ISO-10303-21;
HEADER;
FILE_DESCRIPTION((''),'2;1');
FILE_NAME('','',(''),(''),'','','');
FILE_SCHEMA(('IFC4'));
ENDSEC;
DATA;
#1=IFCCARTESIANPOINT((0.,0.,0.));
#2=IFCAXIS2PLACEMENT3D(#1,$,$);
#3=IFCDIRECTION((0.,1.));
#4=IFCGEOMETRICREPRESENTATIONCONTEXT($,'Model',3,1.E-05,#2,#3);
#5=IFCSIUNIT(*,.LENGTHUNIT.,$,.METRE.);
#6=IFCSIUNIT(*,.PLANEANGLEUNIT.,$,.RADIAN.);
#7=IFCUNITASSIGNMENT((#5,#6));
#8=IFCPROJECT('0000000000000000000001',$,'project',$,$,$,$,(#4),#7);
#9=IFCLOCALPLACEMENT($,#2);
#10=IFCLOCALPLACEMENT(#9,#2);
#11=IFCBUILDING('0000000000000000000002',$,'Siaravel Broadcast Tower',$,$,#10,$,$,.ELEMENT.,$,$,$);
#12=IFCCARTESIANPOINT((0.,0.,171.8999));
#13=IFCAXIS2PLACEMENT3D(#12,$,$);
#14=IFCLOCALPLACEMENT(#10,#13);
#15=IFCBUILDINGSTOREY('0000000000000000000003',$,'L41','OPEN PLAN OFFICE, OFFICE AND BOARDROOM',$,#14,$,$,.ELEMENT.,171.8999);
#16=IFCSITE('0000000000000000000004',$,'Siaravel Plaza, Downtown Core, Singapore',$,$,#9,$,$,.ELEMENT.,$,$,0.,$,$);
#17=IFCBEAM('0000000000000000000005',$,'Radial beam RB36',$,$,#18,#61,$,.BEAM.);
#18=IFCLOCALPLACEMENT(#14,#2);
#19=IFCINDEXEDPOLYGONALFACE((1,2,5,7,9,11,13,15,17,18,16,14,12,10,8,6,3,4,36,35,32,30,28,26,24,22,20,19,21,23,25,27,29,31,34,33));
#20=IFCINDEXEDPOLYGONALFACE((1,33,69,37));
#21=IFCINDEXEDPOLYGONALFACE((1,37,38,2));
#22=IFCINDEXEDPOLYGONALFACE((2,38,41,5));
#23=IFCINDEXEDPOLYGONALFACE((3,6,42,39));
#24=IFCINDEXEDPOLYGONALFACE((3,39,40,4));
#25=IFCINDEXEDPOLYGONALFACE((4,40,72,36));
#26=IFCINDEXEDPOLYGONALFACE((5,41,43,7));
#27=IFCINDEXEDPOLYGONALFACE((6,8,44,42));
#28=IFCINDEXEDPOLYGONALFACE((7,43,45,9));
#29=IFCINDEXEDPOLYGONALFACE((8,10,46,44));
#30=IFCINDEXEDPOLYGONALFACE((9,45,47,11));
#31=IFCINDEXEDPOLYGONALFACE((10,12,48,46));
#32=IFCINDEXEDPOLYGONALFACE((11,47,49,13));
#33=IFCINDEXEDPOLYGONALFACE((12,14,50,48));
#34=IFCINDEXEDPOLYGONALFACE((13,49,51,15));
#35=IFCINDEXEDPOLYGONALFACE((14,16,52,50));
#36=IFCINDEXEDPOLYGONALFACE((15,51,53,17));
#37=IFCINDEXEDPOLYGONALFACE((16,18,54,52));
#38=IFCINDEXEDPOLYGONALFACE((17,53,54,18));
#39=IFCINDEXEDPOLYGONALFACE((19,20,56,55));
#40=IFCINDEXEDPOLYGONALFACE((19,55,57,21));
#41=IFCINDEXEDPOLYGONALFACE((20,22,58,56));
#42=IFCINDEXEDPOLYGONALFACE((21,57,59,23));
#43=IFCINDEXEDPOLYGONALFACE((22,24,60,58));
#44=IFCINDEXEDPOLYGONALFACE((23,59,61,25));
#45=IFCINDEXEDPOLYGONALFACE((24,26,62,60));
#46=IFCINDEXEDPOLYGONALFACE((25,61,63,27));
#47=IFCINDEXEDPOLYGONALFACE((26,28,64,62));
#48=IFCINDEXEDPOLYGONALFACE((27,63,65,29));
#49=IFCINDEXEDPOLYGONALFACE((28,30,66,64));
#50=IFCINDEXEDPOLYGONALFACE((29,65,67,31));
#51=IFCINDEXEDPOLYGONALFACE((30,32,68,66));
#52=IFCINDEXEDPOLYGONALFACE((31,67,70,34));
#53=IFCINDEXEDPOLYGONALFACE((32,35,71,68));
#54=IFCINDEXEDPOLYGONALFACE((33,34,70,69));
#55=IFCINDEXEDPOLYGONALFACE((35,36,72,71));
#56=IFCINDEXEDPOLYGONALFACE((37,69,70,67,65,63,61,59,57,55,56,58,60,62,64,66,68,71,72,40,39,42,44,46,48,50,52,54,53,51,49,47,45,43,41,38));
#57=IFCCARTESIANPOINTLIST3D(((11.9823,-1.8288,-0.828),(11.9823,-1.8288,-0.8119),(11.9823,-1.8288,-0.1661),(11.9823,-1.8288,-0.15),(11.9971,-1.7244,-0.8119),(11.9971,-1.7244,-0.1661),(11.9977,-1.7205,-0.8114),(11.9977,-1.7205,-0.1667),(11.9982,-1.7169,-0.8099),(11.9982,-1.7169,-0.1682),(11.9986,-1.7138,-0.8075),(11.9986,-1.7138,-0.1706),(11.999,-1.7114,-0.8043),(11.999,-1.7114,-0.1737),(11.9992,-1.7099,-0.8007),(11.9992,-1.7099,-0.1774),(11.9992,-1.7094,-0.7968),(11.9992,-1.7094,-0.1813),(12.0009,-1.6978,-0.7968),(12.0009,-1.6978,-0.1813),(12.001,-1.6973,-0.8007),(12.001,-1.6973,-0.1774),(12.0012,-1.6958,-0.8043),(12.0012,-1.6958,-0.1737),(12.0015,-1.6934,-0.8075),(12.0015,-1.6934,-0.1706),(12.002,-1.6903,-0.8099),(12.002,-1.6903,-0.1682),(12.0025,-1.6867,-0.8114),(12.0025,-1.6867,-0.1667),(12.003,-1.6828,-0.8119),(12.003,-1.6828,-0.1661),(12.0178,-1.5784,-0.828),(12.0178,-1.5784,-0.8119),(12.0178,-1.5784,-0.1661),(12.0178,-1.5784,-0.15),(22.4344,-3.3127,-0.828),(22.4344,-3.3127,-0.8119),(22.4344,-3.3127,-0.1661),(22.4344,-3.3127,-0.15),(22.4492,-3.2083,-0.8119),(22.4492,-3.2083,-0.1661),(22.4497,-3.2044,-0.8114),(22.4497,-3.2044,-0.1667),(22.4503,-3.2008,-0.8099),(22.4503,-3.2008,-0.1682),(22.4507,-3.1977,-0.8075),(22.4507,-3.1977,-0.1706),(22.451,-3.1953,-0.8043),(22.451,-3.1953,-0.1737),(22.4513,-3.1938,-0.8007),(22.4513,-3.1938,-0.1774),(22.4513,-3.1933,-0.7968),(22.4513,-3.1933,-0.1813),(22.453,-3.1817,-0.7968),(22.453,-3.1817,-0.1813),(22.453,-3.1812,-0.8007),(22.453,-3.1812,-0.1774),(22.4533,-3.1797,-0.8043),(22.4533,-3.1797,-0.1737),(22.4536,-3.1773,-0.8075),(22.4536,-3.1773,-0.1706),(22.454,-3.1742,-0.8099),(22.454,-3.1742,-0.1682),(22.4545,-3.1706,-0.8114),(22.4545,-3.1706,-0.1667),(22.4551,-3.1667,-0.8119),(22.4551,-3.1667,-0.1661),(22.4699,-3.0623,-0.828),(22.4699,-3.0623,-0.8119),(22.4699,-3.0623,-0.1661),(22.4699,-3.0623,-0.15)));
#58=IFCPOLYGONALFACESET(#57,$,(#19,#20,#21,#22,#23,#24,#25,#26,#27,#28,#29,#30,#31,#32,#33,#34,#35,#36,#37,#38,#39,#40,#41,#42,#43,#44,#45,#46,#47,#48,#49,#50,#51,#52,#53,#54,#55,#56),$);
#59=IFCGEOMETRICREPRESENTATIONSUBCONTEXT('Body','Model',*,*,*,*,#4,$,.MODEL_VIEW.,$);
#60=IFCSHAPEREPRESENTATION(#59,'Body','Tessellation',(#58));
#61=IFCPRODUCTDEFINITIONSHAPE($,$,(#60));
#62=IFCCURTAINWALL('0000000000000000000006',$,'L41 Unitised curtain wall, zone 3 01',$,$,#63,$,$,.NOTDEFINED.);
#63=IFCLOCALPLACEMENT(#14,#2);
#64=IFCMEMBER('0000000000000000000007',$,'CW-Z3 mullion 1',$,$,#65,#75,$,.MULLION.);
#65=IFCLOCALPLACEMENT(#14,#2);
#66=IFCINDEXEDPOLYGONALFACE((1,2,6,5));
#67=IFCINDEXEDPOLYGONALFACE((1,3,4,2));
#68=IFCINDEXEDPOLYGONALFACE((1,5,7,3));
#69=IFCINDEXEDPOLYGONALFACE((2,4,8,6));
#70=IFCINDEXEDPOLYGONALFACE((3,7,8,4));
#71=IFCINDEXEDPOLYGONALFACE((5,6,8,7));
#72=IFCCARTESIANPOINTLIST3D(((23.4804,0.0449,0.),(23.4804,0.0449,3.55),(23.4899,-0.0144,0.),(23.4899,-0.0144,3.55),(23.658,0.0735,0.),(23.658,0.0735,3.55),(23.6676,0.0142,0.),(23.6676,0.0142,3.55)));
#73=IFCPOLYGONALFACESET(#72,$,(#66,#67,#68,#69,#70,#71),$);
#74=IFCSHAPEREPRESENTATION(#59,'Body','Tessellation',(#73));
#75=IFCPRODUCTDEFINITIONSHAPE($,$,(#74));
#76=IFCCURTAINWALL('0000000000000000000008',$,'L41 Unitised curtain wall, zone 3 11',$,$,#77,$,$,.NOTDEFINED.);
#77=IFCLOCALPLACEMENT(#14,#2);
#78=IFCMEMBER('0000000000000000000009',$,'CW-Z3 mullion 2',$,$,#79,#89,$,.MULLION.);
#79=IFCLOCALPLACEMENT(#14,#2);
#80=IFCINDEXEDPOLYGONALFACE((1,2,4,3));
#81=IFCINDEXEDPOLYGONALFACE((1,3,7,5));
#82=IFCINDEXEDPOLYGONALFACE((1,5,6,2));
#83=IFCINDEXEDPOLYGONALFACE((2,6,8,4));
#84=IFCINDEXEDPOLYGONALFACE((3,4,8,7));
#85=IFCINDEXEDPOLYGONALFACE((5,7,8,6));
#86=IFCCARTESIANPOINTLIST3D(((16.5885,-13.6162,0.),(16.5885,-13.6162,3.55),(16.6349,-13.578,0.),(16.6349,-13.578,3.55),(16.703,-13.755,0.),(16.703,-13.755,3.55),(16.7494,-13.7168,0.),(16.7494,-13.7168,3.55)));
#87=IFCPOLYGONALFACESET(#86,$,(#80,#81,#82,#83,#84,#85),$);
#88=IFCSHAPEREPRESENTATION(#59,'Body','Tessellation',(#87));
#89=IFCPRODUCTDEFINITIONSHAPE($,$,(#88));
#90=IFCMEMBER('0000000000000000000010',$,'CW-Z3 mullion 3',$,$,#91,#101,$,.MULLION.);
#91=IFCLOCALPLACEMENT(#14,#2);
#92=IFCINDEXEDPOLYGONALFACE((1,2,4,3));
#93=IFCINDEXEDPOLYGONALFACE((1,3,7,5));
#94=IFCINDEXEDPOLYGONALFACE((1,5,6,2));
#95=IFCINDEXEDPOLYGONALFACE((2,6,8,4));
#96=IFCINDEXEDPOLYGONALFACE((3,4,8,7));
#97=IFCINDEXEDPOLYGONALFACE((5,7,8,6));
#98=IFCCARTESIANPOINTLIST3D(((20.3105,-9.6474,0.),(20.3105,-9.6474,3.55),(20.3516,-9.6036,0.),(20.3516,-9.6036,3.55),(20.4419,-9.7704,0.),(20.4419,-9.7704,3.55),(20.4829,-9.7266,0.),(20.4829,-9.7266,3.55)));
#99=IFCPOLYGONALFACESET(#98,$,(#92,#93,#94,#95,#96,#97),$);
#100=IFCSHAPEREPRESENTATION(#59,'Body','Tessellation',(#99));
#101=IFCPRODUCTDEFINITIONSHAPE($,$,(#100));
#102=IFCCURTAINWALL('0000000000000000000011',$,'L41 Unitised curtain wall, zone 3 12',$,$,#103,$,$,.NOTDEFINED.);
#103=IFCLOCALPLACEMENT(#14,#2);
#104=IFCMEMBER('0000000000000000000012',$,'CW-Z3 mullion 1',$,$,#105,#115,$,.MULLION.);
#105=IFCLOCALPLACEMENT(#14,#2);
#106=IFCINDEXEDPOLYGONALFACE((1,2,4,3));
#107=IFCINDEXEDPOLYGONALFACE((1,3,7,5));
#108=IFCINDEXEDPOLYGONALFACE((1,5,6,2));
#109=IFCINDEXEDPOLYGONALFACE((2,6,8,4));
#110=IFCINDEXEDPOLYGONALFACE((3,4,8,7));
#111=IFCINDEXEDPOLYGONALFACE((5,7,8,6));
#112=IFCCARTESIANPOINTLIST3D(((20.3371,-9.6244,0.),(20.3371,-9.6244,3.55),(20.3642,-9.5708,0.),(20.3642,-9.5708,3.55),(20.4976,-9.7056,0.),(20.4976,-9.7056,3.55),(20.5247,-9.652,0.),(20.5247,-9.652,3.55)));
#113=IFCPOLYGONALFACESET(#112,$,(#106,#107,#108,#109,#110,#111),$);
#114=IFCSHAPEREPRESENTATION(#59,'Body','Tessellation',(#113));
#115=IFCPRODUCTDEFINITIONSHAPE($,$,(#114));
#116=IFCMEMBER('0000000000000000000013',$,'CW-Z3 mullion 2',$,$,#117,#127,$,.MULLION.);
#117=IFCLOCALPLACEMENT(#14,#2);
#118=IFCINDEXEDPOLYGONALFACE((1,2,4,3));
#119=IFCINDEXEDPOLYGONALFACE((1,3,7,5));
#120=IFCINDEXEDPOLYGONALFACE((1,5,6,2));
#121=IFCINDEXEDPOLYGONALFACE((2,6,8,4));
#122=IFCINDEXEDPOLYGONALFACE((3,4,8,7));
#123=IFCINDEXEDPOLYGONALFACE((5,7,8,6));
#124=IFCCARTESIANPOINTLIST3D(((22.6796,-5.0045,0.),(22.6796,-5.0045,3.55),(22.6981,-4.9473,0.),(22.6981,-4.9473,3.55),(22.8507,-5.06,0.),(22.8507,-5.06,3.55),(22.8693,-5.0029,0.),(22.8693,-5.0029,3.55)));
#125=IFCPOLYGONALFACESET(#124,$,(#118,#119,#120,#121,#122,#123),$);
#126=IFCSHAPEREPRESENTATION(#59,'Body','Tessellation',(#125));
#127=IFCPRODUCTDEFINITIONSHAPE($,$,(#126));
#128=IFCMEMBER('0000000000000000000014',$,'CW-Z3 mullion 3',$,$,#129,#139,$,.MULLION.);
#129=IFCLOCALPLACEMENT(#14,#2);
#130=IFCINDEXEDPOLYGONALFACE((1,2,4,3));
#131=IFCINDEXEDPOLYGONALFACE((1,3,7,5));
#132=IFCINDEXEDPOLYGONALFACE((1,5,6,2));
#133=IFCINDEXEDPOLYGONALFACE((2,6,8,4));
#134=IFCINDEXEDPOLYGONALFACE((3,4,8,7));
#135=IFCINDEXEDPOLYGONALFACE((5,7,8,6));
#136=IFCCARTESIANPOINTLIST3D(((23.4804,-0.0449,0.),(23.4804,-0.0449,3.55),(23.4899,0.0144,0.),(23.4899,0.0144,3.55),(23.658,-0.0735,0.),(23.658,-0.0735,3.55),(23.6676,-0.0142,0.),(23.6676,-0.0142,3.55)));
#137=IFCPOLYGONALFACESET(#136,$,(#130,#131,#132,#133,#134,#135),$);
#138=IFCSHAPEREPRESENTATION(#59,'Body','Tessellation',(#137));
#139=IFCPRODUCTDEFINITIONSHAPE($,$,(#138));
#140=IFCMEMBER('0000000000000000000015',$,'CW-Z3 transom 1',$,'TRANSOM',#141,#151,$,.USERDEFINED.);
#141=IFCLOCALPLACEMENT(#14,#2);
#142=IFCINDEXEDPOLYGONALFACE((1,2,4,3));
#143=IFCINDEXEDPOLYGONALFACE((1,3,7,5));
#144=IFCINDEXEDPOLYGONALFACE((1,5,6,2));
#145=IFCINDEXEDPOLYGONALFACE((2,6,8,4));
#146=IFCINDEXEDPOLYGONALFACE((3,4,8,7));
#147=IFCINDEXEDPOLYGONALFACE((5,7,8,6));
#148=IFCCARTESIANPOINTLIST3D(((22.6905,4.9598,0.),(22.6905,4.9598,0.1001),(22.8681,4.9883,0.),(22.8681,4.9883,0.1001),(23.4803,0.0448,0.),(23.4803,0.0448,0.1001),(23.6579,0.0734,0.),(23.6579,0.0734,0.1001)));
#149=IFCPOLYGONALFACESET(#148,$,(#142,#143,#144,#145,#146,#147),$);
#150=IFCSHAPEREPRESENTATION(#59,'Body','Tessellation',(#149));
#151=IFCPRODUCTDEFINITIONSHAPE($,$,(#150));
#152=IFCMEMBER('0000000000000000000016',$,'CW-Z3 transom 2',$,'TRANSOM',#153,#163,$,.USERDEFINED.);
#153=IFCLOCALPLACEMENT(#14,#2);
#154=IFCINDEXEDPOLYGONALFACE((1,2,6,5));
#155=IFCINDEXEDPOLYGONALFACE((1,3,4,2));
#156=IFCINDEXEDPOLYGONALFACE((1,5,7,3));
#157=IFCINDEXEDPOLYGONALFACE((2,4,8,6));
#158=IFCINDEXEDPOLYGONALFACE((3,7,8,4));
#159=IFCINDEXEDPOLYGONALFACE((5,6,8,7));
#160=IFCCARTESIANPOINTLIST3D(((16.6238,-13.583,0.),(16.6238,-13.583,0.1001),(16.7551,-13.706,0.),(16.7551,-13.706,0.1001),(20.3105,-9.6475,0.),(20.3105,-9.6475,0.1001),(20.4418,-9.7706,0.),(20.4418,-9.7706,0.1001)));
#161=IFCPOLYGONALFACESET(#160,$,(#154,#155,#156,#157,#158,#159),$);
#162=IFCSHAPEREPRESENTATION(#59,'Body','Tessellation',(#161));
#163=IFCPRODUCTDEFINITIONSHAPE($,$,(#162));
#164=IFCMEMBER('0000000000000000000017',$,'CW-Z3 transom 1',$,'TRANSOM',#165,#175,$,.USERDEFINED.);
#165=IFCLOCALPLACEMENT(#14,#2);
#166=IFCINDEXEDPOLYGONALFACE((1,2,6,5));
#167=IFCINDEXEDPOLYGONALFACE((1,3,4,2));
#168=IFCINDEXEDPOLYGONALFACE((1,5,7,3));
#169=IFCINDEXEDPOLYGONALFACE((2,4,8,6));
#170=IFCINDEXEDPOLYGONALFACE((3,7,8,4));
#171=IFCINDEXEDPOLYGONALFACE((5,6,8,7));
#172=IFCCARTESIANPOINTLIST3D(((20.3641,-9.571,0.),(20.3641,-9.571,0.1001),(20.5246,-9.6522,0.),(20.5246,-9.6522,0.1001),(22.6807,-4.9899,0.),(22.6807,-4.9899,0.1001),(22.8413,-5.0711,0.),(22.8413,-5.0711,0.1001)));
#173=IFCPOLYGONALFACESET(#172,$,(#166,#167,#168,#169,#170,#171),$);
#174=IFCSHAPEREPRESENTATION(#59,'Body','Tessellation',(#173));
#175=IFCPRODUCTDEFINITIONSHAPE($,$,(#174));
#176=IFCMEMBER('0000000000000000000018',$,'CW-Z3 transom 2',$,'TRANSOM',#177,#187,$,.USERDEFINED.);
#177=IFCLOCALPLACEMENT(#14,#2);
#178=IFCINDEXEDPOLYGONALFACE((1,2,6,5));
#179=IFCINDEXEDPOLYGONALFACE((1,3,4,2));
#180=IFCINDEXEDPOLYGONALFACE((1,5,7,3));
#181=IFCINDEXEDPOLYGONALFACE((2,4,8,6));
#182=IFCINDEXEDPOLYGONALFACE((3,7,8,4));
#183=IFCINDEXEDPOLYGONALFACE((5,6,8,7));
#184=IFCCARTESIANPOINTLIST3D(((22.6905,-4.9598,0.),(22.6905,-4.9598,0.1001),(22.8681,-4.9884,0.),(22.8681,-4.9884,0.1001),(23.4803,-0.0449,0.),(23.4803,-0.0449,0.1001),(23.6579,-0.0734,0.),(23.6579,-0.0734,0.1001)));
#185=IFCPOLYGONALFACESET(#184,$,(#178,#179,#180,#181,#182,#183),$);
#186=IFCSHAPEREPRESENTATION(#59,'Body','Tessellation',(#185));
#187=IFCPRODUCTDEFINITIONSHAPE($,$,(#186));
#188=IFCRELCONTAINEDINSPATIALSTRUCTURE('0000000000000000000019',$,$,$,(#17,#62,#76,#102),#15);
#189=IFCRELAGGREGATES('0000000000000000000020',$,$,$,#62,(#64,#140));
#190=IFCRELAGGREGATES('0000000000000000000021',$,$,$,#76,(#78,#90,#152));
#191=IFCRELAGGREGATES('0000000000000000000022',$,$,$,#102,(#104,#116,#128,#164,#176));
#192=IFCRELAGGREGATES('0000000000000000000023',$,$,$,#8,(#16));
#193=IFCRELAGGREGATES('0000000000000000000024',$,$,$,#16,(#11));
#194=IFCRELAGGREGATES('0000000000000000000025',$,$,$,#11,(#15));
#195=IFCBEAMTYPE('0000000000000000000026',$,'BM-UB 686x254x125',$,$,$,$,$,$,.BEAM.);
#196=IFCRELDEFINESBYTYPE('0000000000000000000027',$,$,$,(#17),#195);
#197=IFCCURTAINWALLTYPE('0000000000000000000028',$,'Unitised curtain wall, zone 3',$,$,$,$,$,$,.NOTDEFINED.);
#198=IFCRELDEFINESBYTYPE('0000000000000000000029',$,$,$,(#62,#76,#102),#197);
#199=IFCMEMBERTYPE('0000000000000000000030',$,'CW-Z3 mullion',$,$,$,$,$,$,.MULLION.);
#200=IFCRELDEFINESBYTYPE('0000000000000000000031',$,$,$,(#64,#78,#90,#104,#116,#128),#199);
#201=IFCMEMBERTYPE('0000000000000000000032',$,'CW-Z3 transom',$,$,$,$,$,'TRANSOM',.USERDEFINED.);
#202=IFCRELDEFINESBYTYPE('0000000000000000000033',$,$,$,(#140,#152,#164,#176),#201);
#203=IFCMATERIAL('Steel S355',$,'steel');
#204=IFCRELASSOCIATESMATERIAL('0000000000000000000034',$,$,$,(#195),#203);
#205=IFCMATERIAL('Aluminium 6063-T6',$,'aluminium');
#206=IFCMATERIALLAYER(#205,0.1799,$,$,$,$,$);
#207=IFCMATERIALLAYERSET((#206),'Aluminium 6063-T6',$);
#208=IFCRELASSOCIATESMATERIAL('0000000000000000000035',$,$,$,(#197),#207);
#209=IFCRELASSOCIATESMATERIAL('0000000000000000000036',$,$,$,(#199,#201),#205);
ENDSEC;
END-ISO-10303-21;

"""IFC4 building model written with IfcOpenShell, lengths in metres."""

from ifc_helpers import new_model, si_unit, direction, frame, origin, origin_2d, place, context, subcontext, project, spatial, rectangle, i_section, extrude, material, layer, layer_set, material_profile, profile_set, type_object, element, aggregate, save


model = new_model("IFC4")

# Units and contexts
model_context = context("Model", 3, precision=1e-05, world=origin(), true_north=direction((0.0, 1.0)))
body_context = subcontext(model_context, "Body", "Model", "MODEL_VIEW")
ifc_project = project(units=[si_unit("LENGTHUNIT", "METRE"), si_unit("PLANEANGLEUNIT", "RADIAN")], contexts=[model_context])

# Site, building, storey
site_placement = place(None, origin())
site = spatial("IfcSite", under=ifc_project, at=site_placement, Name="Siaravel Plaza, Downtown Core, Singapore", CompositionType="ELEMENT", RefElevation=0.0)
building_placement = place(site_placement, origin())
building = spatial("IfcBuilding", under=site, at=building_placement, Name="Siaravel Broadcast Tower", CompositionType="ELEMENT")
storey_placement = place(building_placement, frame((0.0, 0.0, 171.8999)))
storey = spatial("IfcBuildingStorey", under=building, at=storey_placement, Name="L41", Description="OPEN PLAN OFFICE, OFFICE AND BOARDROOM", CompositionType="ELEMENT", Elevation=171.8999)

# Beam
ifc_material_1 = material(Name="Steel S355", Category="steel")
ifc_material_profile_1 = material_profile(ifc_material_1, i_section(OverallWidth=0.2529, OverallDepth=0.678, WebThickness=0.0117, FlangeThickness=0.0161, FilletRadius=0.0151, at=origin_2d()))
ifc_profile_set_1 = profile_set([ifc_material_profile_1], Name="Steel S355")
beam_type = type_object("IfcBeamType", Name="BM-UB 686x254x125", PredefinedType="BEAM", material=ifc_profile_set_1)
beam_1_placement = place(storey_placement, frame((22.4521, -3.1875, -0.489), z_axis=(-0.990072, 0.14056, 0.0), x_axis=(-0.14056, -0.990072, 0.0)))
element("IfcBeam", 1, at=beam_1_placement, inside=storey, type_object=beam_type, Name="Radial beam RB36", PredefinedType="BEAM", context=body_context, shape_type="SweptSolid", body=[
    extrude(i_section(OverallWidth=0.2529, OverallDepth=0.678, WebThickness=0.0117, FlangeThickness=0.0161, FilletRadius=0.0151, at=origin_2d()), origin(), (0.0, 0.0, 1.0), 10.5569),
])

# Curtain wall, member
ifc_material_2 = material(Name="Aluminium 6063-T6", Category="aluminium")
ifc_layer_1 = layer(ifc_material_2, 0.1799)
ifc_layer_set_1 = layer_set([ifc_layer_1], Name="Aluminium 6063-T6")
curtain_wall_type = type_object("IfcCurtainWallType", Name="Unitised curtain wall, zone 3", PredefinedType="NOTDEFINED", material=ifc_layer_set_1)
curtain_wall_1_placement = place(storey_placement, origin())
curtain_wall_1 = element("IfcCurtainWall", 2, at=curtain_wall_1_placement, inside=storey, type_object=curtain_wall_type, Name="L41 Unitised curtain wall, zone 3 01", PredefinedType="NOTDEFINED")
ifc_material_profile_2 = material_profile(ifc_material_2, rectangle(XDim=0.1799, YDim=0.0601, at=origin_2d()))
ifc_profile_set_2 = profile_set([ifc_material_profile_2], Name="Aluminium 6063-T6")
member_type_1 = type_object("IfcMemberType", Name="CW-Z3 mullion", PredefinedType="MULLION", material=ifc_profile_set_2)
member_1_placement = place(storey_placement, frame((23.574, 0.0295, 0.0), z_axis=(0.0, 0.0, 1.0), x_axis=(-0.987329, -0.158686, 0.0)))
member_1 = element("IfcMember", 3, at=member_1_placement, type_object=member_type_1, Name="CW-Z3 mullion 1", PredefinedType="MULLION", context=body_context, shape_type="SweptSolid", body=[
    extrude(rectangle(XDim=0.1799, YDim=0.0601, at=origin_2d()), origin(), (0.0, 0.0, 1.0), 3.55),
])

# Curtain walls, members
curtain_wall_2_placement = place(storey_placement, origin())
curtain_wall_2 = element("IfcCurtainWall", 4, at=curtain_wall_2_placement, inside=storey, type_object=curtain_wall_type, Name="L41 Unitised curtain wall, zone 3 11", PredefinedType="NOTDEFINED")
member_2_placement = place(storey_placement, frame((16.6689, -13.6665, 0.0), z_axis=(0.0, 0.0, 1.0), x_axis=(-0.636218, 0.771509, 0.0)))
member_2 = element("IfcMember", 5, at=member_2_placement, type_object=member_type_1, Name="CW-Z3 mullion 2", PredefinedType="MULLION", context=body_context, shape_type="SweptSolid", body=[
    extrude(rectangle(XDim=0.1799, YDim=0.0601, at=origin_2d()), origin(), (0.0, 0.0, 1.0), 3.55),
])
member_3_placement = place(storey_placement, frame((20.3967, -9.687, 0.0), z_axis=(0.0, 0.0, 1.0), x_axis=(-0.729805, 0.683655, 0.0)))
member_3 = element("IfcMember", 6, at=member_3_placement, type_object=member_type_1, Name="CW-Z3 mullion 3", PredefinedType="MULLION", context=body_context, shape_type="SweptSolid", body=[
    extrude(rectangle(XDim=0.1799, YDim=0.0601, at=origin_2d()), origin(), (0.0, 0.0, 1.0), 3.55),
])
curtain_wall_3_placement = place(storey_placement, origin())
curtain_wall_3 = element("IfcCurtainWall", 7, at=curtain_wall_3_placement, inside=storey, type_object=curtain_wall_type, Name="L41 Unitised curtain wall, zone 3 12", PredefinedType="NOTDEFINED")
member_4_placement = place(storey_placement, frame((20.4309, -9.6382, 0.0), z_axis=(0.0, 0.0, 1.0), x_axis=(-0.892392, 0.451261, 0.0)))
member_4 = element("IfcMember", 8, at=member_4_placement, type_object=member_type_1, Name="CW-Z3 mullion 1", PredefinedType="MULLION", context=body_context, shape_type="SweptSolid", body=[
    extrude(rectangle(XDim=0.1799, YDim=0.0601, at=origin_2d()), origin(), (0.0, 0.0, 1.0), 3.55),
])
member_5_placement = place(storey_placement, frame((22.7744, -5.0037, 0.0), z_axis=(0.0, 0.0, 1.0), x_axis=(-0.951177, 0.308646, 0.0)))
member_5 = element("IfcMember", 9, at=member_5_placement, type_object=member_type_1, Name="CW-Z3 mullion 2", PredefinedType="MULLION", context=body_context, shape_type="SweptSolid", body=[
    extrude(rectangle(XDim=0.1799, YDim=0.0601, at=origin_2d()), origin(), (0.0, 0.0, 1.0), 3.55),
])
member_6_placement = place(storey_placement, frame((23.574, -0.0295, 0.0), z_axis=(0.0, 0.0, 1.0), x_axis=(-0.987329, 0.158686, 0.0)))
member_6 = element("IfcMember", 10, at=member_6_placement, type_object=member_type_1, Name="CW-Z3 mullion 3", PredefinedType="MULLION", context=body_context, shape_type="SweptSolid", body=[
    extrude(rectangle(XDim=0.1799, YDim=0.0601, at=origin_2d()), origin(), (0.0, 0.0, 1.0), 3.55),
])

# Members
ifc_material_profile_3 = material_profile(ifc_material_2, rectangle(XDim=0.1799, YDim=0.1001, at=origin_2d()))
ifc_profile_set_3 = profile_set([ifc_material_profile_3], Name="Aluminium 6063-T6")
member_type_2 = type_object("IfcMemberType", Name="CW-Z3 transom", ElementType="TRANSOM", PredefinedType="USERDEFINED", material=ifc_profile_set_3)
member_7_placement = place(storey_placement, frame((23.5691, 0.0591, 0.05), z_axis=(-0.158654, 0.987334, 0.0), x_axis=(-0.987334, -0.158654, 0.0)))
member_7 = element("IfcMember", 11, at=member_7_placement, type_object=member_type_2, Name="CW-Z3 transom 1", ObjectType="TRANSOM", PredefinedType="USERDEFINED", context=body_context, shape_type="SweptSolid", body=[
    extrude(rectangle(XDim=0.1799, YDim=0.1001, at=origin_2d()), origin(), (0.0, 0.0, 1.0), 4.978),
])
aggregate(curtain_wall_1, [member_1, member_7])
member_8_placement = place(storey_placement, frame((16.6895, -13.6445, 0.05), z_axis=(0.683664, 0.729797, 0.0), x_axis=(-0.729797, 0.683664, 0.0)))
member_8 = element("IfcMember", 12, at=member_8_placement, type_object=member_type_2, Name="CW-Z3 transom 2", ObjectType="TRANSOM", PredefinedType="USERDEFINED", context=body_context, shape_type="SweptSolid", body=[
    extrude(rectangle(XDim=0.1799, YDim=0.1001, at=origin_2d()), origin(), (0.0, 0.0, 1.0), 5.3926),
])
member_9_placement = place(storey_placement, frame((20.4443, -9.6116, 0.05), z_axis=(0.45128, 0.892382, 0.0), x_axis=(-0.892382, 0.45128, 0.0)))
member_9 = element("IfcMember", 13, at=member_9_placement, type_object=member_type_2, Name="CW-Z3 transom 1", ObjectType="TRANSOM", PredefinedType="USERDEFINED", context=body_context, shape_type="SweptSolid", body=[
    extrude(rectangle(XDim=0.1799, YDim=0.1001, at=origin_2d()), origin(), (0.0, 0.0, 1.0), 5.1335),
])
member_10_placement = place(storey_placement, frame((22.7793, -4.9741, 0.05), z_axis=(0.158654, 0.987334, 0.0), x_axis=(-0.987334, 0.158654, 0.0)))
member_10 = element("IfcMember", 14, at=member_10_placement, type_object=member_type_2, Name="CW-Z3 transom 2", ObjectType="TRANSOM", PredefinedType="USERDEFINED", context=body_context, shape_type="SweptSolid", body=[
    extrude(rectangle(XDim=0.1799, YDim=0.1001, at=origin_2d()), origin(), (0.0, 0.0, 1.0), 4.978),
])

aggregate(curtain_wall_2, [member_2, member_3, member_8])
aggregate(curtain_wall_3, [member_4, member_5, member_6, member_9, member_10])

save(model, "model.ifc")
